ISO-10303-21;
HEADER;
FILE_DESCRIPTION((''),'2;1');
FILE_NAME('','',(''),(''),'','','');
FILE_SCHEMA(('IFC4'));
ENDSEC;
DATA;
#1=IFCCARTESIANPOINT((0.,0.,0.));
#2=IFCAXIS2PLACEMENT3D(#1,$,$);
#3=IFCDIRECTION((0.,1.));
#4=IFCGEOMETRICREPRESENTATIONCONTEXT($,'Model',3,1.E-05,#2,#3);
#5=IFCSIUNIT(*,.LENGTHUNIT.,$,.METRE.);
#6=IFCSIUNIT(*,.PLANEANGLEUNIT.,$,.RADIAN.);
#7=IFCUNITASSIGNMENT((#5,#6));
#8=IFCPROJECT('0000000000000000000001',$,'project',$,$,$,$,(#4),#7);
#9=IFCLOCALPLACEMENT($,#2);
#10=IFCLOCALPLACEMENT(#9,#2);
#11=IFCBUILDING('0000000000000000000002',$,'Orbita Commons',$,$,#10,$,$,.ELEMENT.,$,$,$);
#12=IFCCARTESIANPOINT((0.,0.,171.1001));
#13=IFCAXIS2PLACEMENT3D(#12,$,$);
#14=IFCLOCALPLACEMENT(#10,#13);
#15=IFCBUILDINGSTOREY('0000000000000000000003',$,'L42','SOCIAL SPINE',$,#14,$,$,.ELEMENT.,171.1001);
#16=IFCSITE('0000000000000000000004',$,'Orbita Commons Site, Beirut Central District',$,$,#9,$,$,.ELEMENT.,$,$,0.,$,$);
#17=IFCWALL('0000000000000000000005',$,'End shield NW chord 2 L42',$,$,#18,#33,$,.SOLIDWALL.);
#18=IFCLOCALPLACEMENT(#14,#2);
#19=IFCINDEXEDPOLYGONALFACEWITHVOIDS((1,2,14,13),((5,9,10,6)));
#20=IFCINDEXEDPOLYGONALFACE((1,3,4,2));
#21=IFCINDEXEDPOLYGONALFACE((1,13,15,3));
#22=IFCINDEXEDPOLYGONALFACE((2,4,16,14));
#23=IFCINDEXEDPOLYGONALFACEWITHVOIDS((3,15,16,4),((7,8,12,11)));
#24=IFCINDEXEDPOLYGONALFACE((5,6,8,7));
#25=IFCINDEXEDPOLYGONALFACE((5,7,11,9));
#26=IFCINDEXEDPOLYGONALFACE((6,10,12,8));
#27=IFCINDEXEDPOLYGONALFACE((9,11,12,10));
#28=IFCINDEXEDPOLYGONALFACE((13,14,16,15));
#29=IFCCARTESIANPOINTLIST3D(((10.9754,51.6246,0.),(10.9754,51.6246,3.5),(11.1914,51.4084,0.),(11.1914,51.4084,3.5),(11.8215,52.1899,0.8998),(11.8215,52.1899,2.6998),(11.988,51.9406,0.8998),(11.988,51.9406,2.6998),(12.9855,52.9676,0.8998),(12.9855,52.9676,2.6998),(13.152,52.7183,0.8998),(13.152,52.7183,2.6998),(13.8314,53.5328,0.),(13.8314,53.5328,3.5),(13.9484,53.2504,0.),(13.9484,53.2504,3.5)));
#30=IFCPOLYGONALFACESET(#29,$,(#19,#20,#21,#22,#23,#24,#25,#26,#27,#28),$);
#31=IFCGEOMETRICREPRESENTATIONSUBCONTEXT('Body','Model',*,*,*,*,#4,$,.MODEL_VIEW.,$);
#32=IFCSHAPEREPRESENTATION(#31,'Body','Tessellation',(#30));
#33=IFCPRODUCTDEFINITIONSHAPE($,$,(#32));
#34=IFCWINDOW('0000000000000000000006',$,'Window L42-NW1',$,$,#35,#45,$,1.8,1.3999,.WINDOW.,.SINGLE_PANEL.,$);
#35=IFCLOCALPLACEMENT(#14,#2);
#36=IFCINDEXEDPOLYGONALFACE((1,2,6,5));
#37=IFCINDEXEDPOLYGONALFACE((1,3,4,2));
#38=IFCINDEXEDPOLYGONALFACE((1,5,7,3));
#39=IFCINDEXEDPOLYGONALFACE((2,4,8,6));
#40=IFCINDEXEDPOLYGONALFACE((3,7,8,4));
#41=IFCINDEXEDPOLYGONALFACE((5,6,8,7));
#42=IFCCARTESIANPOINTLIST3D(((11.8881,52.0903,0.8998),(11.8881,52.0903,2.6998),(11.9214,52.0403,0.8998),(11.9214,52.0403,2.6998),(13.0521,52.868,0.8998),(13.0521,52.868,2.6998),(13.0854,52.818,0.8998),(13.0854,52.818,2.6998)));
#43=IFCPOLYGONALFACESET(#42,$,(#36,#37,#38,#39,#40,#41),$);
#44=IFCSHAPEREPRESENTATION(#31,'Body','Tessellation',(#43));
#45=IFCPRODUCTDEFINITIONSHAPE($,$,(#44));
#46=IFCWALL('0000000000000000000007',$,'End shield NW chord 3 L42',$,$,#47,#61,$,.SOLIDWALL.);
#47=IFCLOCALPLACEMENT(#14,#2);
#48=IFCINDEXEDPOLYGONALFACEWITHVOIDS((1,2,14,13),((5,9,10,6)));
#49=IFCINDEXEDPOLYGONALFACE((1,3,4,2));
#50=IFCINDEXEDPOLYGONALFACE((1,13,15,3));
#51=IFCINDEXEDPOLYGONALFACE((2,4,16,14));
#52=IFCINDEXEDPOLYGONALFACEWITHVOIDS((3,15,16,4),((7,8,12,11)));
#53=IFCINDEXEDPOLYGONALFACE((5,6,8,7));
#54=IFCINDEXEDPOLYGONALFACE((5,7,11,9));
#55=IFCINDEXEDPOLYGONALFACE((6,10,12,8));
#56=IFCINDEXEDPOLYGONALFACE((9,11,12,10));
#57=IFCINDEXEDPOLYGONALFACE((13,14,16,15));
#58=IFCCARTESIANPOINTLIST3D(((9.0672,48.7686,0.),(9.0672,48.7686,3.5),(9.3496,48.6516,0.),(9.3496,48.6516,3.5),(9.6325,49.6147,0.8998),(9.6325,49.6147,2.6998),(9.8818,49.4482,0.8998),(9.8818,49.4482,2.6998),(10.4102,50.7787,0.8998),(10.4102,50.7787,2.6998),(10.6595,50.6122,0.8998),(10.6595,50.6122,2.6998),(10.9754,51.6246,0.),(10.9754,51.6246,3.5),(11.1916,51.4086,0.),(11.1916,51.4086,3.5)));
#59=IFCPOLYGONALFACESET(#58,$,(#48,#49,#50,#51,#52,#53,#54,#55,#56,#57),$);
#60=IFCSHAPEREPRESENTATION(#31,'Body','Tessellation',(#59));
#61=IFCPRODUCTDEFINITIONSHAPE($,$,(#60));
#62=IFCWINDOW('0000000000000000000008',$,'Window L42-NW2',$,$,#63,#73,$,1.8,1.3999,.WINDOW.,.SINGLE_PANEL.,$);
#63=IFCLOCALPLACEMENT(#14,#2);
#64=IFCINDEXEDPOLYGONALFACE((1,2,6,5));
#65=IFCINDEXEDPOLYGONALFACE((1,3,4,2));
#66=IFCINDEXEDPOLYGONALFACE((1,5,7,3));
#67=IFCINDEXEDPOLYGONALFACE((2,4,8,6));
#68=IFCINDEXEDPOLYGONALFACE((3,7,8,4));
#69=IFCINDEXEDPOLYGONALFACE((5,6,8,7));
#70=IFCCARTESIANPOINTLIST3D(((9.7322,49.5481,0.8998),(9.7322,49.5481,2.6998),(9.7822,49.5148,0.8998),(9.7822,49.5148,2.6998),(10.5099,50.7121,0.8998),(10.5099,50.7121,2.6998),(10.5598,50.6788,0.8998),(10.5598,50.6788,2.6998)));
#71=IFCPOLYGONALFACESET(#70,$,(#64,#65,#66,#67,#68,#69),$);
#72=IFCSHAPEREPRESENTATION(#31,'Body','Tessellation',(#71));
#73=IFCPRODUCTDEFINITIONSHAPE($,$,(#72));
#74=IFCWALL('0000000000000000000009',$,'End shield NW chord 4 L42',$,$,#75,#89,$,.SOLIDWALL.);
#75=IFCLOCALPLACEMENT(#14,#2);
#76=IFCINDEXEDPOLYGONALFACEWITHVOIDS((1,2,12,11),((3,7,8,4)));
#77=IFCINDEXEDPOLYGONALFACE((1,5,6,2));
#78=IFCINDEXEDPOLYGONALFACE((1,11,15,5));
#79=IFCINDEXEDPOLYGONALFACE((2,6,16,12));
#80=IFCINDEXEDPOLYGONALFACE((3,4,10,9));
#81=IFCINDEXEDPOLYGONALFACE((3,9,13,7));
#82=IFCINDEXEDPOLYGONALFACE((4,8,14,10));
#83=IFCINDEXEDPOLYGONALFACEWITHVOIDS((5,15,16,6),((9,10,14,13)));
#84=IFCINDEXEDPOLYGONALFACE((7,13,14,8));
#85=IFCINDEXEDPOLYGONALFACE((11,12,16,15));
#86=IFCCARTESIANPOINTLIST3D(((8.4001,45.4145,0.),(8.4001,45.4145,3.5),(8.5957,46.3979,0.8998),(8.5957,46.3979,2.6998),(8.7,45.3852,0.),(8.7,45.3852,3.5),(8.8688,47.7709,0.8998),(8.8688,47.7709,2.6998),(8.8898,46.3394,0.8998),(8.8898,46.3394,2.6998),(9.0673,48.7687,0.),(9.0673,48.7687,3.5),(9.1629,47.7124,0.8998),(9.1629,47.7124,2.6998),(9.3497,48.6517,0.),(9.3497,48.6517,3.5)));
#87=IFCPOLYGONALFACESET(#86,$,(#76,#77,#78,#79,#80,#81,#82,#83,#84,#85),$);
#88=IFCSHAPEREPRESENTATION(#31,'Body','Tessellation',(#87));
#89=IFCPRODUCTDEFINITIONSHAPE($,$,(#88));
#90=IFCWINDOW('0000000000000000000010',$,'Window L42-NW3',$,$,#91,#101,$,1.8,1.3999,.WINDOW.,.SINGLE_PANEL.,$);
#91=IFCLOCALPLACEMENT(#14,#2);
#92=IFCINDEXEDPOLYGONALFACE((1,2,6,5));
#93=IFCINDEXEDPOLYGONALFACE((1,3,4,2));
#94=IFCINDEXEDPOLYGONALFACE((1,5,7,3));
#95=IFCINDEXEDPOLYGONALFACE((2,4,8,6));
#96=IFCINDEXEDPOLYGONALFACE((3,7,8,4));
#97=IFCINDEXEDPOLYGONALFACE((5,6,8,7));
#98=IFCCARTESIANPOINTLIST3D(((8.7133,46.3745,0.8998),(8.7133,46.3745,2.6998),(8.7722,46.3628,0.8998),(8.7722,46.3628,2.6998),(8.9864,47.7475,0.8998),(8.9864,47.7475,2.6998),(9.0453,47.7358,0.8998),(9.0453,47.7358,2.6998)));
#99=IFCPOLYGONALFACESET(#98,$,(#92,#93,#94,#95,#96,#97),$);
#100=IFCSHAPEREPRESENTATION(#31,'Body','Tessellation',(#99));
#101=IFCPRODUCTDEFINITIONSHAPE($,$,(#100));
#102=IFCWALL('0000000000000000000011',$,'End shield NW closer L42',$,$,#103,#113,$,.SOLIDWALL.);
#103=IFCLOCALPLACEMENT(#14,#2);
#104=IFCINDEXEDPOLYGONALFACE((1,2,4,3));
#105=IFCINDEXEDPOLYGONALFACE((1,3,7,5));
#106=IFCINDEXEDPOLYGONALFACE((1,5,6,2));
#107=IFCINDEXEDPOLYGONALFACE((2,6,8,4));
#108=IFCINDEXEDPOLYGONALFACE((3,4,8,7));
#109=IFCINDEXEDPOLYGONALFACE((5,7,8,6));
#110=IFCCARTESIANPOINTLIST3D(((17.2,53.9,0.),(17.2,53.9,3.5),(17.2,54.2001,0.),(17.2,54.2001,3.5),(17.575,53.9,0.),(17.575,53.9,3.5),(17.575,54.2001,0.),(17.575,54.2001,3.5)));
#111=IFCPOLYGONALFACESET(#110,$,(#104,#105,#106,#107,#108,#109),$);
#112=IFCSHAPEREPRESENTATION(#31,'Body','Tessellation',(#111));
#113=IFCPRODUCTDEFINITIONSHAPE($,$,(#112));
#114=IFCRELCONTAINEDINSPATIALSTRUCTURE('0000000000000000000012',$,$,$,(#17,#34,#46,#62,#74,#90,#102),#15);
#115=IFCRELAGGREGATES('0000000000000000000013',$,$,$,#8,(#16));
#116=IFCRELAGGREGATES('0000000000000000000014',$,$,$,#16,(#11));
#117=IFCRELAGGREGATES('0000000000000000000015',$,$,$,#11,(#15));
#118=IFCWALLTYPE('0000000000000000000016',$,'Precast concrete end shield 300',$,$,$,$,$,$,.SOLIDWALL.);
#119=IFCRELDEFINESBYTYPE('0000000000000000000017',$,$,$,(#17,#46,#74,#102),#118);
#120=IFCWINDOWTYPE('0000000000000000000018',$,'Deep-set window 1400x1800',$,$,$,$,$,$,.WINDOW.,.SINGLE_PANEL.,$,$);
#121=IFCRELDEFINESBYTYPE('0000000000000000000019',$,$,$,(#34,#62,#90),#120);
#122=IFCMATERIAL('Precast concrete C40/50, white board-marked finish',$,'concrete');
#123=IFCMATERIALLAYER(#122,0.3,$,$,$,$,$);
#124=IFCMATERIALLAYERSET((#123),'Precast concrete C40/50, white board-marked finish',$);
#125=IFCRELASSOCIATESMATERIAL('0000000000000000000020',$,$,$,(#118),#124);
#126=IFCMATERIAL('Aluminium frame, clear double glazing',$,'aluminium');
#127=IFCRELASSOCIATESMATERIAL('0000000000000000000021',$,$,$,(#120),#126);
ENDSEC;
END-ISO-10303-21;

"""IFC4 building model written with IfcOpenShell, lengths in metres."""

from ifc_helpers import new_model, si_unit, direction, frame, frame_2d, origin, place, context, subcontext, project, spatial, polyline, rectangle, outline, extrude, material, layer, layer_set, type_object, element, fill, save


model = new_model("IFC4")

# Units and contexts
model_context = context("Model", 3, precision=1e-05, world=origin(), true_north=direction((0.0, 1.0)))
body_context = subcontext(model_context, "Body", "Model", "MODEL_VIEW")
ifc_project = project(units=[si_unit("LENGTHUNIT", "METRE"), si_unit("PLANEANGLEUNIT", "RADIAN")], contexts=[model_context])

# Site, building, storey
site_placement = place(None, origin())
site = spatial("IfcSite", under=ifc_project, at=site_placement, Name="Orbita Commons Site, Beirut Central District", CompositionType="ELEMENT", RefElevation=0.0)
building_placement = place(site_placement, origin())
building = spatial("IfcBuilding", under=site, at=building_placement, Name="Orbita Commons", CompositionType="ELEMENT")
storey_placement = place(building_placement, frame((0.0, 0.0, 171.1001)))
storey = spatial("IfcBuildingStorey", under=building, at=storey_placement, Name="L42", Description="SOCIAL SPINE", CompositionType="ELEMENT", Elevation=171.1001)

# Walls, openings, windows
ifc_material_1 = material(Name="Precast concrete C40/50, white board-marked finish", Category="concrete")
ifc_layer_1 = layer(ifc_material_1, 0.3)
ifc_layer_set_1 = layer_set([ifc_layer_1], Name="Precast concrete C40/50, white board-marked finish")
wall_type_1 = type_object("IfcWallType", Name="Precast concrete end shield 300", PredefinedType="SOLIDWALL", material=ifc_layer_set_1)
ifc_material_2 = material(Name="Aluminium frame, clear double glazing", Category="aluminium")
window_type = type_object("IfcWindowType", Name="Deep-set window 1400x1800", PartitioningType="SINGLE_PANEL", PredefinedType="WINDOW", material=ifc_material_2)
wall_1_placement = place(storey_placement, frame((13.8899, 53.3916, 0.0), z_axis=(0.0, 0.0, 1.0), x_axis=(-0.831493, -0.555535, 0.0)))
wall_1 = element("IfcWall", 1, at=wall_1_placement, inside=storey, type_object=wall_type_1, Name="End shield NW chord 2 L42", PredefinedType="SOLIDWALL", context=body_context, shape_type="SweptSolid", body=[
    extrude(outline(polyline([(-0.0298, -0.1499), (3.405, -0.1499), (3.3455, 0.1499), (0.0298, 0.1499), (-0.0298, -0.1499)])), origin(), (0.0, 0.0, 1.0), 3.5),
])
opening_1_placement = place(wall_1_placement, frame((0.9875, 0.0, 0.8999)))
opening_1 = element("IfcOpeningElement", 2, at=opening_1_placement, cuts=wall_1, PredefinedType="OPENING", context=body_context, shape_type="SweptSolid", body=[
    extrude(rectangle(XDim=1.3999, YDim=1.8, at=frame_2d((0.7, 0.8999))), frame((0.0, 0.1599, 0.0), z_axis=(0.0, -1.0, 0.0), x_axis=(1.0, 0.0, 0.0)), (0.0, 0.0, 1.0), 0.3201),
])
window_1_placement = place(opening_1_placement, origin())
window_1 = element("IfcWindow", 3, at=window_1_placement, inside=storey, type_object=window_type, Name="Window L42-NW1", OverallHeight=1.8, OverallWidth=1.3999, PartitioningType="SINGLE_PANEL", PredefinedType="WINDOW", context=body_context, shape_type="SweptSolid", body=[
    extrude(rectangle(XDim=1.3999, YDim=1.8, at=frame_2d((0.7, 0.8999))), frame((0.0, 0.03, 0.0), z_axis=(0.0, -1.0, 0.0), x_axis=(1.0, 0.0, 0.0)), (0.0, 0.0, 1.0), 0.0601),
])
fill(opening_1, window_1)
wall_2_placement = place(storey_placement, frame((11.0835, 51.5166, 0.0), z_axis=(0.0, 0.0, 1.0), x_axis=(-0.555535, -0.831493, 0.0)))
wall_2 = element("IfcWall", 4, at=wall_2_placement, inside=storey, type_object=wall_type_1, Name="End shield NW chord 3 L42", PredefinedType="SOLIDWALL", context=body_context, shape_type="SweptSolid", body=[
    extrude(outline(polyline([(-0.0298, -0.1499), (3.405, -0.1499), (3.3455, 0.1499), (0.0298, 0.1499), (-0.0298, -0.1499)])), origin(), (0.0, 0.0, 1.0), 3.5),
])
opening_2_placement = place(wall_2_placement, frame((0.9875, 0.0, 0.8999)))
opening_2 = element("IfcOpeningElement", 5, at=opening_2_placement, cuts=wall_2, PredefinedType="OPENING", context=body_context, shape_type="SweptSolid", body=[
    extrude(rectangle(XDim=1.3999, YDim=1.8, at=frame_2d((0.7, 0.8999))), frame((0.0, 0.1599, 0.0), z_axis=(0.0, -1.0, 0.0), x_axis=(1.0, 0.0, 0.0)), (0.0, 0.0, 1.0), 0.3201),
])
window_2_placement = place(opening_2_placement, origin())
window_2 = element("IfcWindow", 6, at=window_2_placement, inside=storey, type_object=window_type, Name="Window L42-NW2", OverallHeight=1.8, OverallWidth=1.3999, PartitioningType="SINGLE_PANEL", PredefinedType="WINDOW", context=body_context, shape_type="SweptSolid", body=[
    extrude(rectangle(XDim=1.3999, YDim=1.8, at=frame_2d((0.7, 0.8999))), frame((0.0, 0.03, 0.0), z_axis=(0.0, -1.0, 0.0), x_axis=(1.0, 0.0, 0.0)), (0.0, 0.0, 1.0), 0.0601),
])
fill(opening_2, window_2)
wall_3_placement = place(storey_placement, frame((9.2085, 48.7102, 0.0), z_axis=(0.0, 0.0, 1.0), x_axis=(-0.195087, -0.980786, 0.0)))
wall_3 = element("IfcWall", 7, at=wall_3_placement, inside=storey, type_object=wall_type_1, Name="End shield NW chord 4 L42", PredefinedType="SOLIDWALL", context=body_context, shape_type="SweptSolid", body=[
    extrude(outline(polyline([(-0.0298, -0.1499), (3.3901, -0.1499), (3.3604, 0.1499), (0.0298, 0.1499), (-0.0298, -0.1499)])), origin(), (0.0, 0.0, 1.0), 3.5),
])
opening_3_placement = place(wall_3_placement, frame((0.9875, 0.0, 0.8999)))
opening_3 = element("IfcOpeningElement", 8, at=opening_3_placement, cuts=wall_3, PredefinedType="OPENING", context=body_context, shape_type="SweptSolid", body=[
    extrude(rectangle(XDim=1.3999, YDim=1.8, at=frame_2d((0.7, 0.8999))), frame((0.0, 0.1599, 0.0), z_axis=(0.0, -1.0, 0.0), x_axis=(1.0, 0.0, 0.0)), (0.0, 0.0, 1.0), 0.3201),
])
window_3_placement = place(opening_3_placement, origin())
window_3 = element("IfcWindow", 9, at=window_3_placement, inside=storey, type_object=window_type, Name="Window L42-NW3", OverallHeight=1.8, OverallWidth=1.3999, PartitioningType="SINGLE_PANEL", PredefinedType="WINDOW", context=body_context, shape_type="SweptSolid", body=[
    extrude(rectangle(XDim=1.3999, YDim=1.8, at=frame_2d((0.7, 0.8999))), frame((0.0, 0.03, 0.0), z_axis=(0.0, -1.0, 0.0), x_axis=(1.0, 0.0, 0.0)), (0.0, 0.0, 1.0), 0.0601),
])
fill(opening_3, window_3)

# Wall
wall_4_placement = place(storey_placement, frame((17.2, 54.05, 0.0), z_axis=(0.0, 0.0, 1.0), x_axis=(1.0, 0.0, 0.0)))
element("IfcWall", 10, at=wall_4_placement, inside=storey, type_object=wall_type_1, Name="End shield NW closer L42", PredefinedType="SOLIDWALL", context=body_context, shape_type="SweptSolid", body=[
    extrude(rectangle(XDim=0.375, YDim=0.3, at=frame_2d((0.1875, 0.0))), origin(), (0.0, 0.0, 1.0), 3.5),
])

save(model, "model.ifc")
